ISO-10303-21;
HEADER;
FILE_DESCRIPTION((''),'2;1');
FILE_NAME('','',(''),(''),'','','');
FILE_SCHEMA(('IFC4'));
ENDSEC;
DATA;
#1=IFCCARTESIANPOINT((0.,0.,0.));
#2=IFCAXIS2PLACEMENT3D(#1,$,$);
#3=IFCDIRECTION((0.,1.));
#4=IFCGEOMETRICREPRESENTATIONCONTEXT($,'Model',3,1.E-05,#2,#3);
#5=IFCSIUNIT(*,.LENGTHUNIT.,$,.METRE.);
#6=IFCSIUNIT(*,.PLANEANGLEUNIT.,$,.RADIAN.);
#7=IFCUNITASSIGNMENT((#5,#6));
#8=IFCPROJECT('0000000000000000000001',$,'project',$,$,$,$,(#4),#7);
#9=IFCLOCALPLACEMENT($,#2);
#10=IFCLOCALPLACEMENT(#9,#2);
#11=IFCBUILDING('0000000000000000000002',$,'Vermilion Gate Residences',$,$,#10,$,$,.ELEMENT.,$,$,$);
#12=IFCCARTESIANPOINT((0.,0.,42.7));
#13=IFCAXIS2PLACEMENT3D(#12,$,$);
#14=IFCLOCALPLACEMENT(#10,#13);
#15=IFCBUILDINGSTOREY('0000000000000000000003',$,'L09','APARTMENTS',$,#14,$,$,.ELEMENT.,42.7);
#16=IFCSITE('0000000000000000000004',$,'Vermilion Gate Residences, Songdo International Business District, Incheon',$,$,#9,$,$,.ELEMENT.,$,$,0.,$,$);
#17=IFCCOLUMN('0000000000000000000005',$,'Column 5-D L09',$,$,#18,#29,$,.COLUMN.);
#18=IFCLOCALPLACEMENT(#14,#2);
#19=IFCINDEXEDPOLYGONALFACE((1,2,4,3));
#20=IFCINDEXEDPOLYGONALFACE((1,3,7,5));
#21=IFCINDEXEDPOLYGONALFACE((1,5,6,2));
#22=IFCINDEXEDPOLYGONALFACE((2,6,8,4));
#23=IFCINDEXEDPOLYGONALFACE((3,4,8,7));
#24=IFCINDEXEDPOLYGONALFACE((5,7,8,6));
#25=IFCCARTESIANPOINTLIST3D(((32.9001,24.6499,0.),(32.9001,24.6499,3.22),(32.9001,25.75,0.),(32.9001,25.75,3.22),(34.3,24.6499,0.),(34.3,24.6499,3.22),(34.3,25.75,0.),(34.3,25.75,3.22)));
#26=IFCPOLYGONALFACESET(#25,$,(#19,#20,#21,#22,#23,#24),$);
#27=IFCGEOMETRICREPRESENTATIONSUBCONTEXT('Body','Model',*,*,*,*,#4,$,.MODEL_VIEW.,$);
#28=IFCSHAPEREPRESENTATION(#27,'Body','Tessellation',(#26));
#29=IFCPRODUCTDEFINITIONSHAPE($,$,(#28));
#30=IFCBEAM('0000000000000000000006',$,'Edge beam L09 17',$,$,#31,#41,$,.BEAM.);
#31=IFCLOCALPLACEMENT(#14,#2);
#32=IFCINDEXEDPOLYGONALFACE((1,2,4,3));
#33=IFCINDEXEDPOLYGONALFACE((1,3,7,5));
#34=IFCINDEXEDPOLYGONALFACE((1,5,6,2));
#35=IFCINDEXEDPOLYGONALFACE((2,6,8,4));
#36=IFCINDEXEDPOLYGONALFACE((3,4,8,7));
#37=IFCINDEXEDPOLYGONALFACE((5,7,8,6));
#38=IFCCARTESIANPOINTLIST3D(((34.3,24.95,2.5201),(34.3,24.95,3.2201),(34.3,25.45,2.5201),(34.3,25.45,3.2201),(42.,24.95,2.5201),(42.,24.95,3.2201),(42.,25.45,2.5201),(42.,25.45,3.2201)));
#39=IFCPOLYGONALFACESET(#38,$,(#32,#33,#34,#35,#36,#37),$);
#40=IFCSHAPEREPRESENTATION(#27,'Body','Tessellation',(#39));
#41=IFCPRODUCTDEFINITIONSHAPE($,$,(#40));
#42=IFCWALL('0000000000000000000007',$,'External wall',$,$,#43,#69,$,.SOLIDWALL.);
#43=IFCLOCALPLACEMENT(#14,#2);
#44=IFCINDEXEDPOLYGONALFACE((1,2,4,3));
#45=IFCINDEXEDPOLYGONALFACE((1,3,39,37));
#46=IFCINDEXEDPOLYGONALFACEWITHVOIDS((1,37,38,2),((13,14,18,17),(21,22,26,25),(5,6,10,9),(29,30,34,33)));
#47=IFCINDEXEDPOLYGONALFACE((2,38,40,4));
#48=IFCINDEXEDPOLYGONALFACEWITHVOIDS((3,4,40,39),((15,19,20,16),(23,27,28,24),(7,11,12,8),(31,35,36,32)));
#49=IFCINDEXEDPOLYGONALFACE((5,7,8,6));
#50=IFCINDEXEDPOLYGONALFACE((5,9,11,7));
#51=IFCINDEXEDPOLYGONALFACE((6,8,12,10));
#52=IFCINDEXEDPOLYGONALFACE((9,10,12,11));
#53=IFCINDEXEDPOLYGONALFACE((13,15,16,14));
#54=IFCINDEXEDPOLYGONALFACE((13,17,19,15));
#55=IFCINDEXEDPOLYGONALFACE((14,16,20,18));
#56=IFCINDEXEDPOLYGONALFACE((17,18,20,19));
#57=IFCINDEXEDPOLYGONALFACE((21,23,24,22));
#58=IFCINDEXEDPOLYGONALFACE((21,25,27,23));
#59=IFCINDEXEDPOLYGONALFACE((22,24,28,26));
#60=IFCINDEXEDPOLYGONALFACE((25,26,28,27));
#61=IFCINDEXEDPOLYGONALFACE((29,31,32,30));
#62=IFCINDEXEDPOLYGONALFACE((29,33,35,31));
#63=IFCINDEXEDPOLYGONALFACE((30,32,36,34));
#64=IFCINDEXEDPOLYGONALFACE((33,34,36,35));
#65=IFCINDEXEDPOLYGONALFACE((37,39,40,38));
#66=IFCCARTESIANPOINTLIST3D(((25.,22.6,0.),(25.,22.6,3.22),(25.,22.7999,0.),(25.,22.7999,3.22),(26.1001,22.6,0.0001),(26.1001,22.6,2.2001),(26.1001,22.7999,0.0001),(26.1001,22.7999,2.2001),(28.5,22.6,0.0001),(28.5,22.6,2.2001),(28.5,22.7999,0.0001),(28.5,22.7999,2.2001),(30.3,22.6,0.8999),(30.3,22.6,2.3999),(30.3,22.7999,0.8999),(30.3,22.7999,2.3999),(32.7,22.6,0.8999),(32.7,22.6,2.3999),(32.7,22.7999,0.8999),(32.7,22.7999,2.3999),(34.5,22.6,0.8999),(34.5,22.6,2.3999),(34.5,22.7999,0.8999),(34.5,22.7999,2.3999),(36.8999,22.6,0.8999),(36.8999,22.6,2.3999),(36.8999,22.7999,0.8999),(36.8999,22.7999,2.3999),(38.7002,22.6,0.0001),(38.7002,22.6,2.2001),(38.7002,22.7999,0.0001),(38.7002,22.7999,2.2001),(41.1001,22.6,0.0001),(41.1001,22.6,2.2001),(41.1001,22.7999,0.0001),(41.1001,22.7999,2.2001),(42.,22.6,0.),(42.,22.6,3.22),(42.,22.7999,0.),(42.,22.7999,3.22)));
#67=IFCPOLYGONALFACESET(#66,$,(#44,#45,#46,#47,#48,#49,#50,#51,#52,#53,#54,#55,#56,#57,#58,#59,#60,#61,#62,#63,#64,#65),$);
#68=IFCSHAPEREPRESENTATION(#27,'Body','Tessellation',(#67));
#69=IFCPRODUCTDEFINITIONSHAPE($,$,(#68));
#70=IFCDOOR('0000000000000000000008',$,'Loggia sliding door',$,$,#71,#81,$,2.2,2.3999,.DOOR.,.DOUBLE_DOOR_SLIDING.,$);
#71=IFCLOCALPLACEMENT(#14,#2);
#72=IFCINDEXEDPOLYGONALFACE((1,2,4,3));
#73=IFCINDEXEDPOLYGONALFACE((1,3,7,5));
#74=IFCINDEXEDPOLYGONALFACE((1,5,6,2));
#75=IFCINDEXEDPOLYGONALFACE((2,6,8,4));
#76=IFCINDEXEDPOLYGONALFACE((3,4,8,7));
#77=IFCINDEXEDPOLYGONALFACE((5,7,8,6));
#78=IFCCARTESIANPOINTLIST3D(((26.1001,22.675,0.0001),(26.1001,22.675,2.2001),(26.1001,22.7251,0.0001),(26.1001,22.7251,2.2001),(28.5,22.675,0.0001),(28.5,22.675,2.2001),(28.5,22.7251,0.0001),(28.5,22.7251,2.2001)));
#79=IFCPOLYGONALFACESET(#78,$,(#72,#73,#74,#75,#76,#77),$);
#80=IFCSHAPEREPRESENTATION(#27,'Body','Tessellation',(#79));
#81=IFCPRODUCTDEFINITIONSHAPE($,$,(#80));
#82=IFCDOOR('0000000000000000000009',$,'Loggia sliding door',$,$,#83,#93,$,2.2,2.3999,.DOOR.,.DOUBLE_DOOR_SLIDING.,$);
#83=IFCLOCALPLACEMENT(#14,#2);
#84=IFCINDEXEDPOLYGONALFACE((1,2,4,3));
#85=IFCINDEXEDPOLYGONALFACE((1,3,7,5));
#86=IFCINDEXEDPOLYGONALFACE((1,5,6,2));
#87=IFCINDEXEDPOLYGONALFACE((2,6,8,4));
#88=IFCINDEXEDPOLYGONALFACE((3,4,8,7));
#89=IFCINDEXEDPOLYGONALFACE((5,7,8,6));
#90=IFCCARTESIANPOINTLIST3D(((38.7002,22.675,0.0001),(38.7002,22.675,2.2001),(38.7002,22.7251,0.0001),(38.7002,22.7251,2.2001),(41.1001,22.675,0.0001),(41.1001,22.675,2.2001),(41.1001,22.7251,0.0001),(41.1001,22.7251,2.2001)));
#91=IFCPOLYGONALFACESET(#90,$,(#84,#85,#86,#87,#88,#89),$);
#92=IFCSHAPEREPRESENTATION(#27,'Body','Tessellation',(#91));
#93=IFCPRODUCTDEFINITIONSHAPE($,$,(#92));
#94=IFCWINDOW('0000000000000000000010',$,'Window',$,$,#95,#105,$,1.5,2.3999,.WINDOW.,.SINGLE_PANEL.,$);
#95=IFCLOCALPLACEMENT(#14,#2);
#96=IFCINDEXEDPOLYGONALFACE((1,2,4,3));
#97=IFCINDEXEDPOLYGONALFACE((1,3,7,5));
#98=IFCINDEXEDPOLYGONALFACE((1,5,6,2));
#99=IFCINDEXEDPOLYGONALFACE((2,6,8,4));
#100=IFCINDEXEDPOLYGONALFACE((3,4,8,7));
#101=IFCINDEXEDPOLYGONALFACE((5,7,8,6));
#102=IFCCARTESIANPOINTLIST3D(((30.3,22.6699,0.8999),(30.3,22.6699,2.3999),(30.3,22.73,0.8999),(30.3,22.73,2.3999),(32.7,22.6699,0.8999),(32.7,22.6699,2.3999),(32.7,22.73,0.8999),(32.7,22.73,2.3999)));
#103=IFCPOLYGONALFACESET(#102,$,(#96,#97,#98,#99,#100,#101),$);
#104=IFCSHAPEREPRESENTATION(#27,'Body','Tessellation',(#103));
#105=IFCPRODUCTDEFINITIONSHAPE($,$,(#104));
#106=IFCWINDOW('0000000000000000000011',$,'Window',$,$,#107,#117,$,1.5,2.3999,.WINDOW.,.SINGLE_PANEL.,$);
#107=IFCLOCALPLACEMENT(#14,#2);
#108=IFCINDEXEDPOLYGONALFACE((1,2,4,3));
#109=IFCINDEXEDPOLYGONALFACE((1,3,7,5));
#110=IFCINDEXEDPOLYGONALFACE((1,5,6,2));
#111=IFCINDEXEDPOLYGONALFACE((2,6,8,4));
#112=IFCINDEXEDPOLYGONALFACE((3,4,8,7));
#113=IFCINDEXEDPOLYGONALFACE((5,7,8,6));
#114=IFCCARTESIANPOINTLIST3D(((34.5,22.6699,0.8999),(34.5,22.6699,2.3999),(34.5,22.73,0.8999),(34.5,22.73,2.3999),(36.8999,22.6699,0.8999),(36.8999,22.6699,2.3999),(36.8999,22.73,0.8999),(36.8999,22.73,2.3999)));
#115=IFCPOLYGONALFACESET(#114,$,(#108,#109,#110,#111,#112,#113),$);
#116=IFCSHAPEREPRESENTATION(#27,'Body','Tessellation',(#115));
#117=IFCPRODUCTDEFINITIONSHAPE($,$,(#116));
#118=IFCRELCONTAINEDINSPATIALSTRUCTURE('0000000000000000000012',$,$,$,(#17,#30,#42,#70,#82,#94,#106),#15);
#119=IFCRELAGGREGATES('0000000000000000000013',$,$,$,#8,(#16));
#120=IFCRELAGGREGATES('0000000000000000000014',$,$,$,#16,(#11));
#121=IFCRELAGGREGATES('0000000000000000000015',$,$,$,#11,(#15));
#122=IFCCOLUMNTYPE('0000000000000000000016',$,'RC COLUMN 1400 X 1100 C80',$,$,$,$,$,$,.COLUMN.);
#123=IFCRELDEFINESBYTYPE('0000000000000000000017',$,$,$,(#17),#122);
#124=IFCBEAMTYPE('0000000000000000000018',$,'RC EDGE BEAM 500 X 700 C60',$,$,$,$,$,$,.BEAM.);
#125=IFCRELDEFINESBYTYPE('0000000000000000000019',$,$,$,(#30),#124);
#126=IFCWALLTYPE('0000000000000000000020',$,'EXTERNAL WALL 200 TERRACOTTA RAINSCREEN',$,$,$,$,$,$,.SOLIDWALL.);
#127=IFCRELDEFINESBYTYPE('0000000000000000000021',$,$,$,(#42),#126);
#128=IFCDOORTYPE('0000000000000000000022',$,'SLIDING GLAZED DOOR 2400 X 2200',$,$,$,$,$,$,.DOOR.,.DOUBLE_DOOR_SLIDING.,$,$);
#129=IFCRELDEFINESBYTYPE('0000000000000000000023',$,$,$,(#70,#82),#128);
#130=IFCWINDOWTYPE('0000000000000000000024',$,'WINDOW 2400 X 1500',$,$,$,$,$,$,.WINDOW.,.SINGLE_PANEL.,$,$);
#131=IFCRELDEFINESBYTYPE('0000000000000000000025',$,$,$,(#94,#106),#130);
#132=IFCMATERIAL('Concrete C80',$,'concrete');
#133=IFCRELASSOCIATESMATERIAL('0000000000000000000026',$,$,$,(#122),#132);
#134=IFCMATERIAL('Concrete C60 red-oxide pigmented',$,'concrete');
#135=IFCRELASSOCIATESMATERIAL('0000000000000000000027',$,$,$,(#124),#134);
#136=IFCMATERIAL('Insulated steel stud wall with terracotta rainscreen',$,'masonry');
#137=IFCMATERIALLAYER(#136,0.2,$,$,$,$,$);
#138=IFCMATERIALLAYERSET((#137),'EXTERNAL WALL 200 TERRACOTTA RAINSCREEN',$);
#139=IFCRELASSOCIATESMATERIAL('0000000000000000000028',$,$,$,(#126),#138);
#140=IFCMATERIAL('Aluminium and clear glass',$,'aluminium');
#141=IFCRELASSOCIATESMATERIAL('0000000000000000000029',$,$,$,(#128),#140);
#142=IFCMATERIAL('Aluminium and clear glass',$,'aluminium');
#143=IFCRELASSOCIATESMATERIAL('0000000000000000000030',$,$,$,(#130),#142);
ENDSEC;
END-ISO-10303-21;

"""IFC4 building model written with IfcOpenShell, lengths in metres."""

from ifc_helpers import new_model, si_unit, direction, frame, frame_2d, origin, origin_2d, place, context, subcontext, project, spatial, rectangle, extrude, material, layer, layer_set, material_profile, profile_set, type_object, element, fill, save


model = new_model("IFC4")

# Units and contexts
model_context = context("Model", 3, precision=1e-05, world=origin(), true_north=direction((0.0, 1.0)))
body_context = subcontext(model_context, "Body", "Model", "MODEL_VIEW")
ifc_project = project(units=[si_unit("LENGTHUNIT", "METRE"), si_unit("PLANEANGLEUNIT", "RADIAN")], contexts=[model_context])

# Site, building, storey
site_placement = place(None, origin())
site = spatial("IfcSite", under=ifc_project, at=site_placement, Name="Vermilion Gate Residences, Songdo International Business District, Incheon", CompositionType="ELEMENT", RefElevation=0.0)
building_placement = place(site_placement, origin())
building = spatial("IfcBuilding", under=site, at=building_placement, Name="Vermilion Gate Residences", CompositionType="ELEMENT")
storey_placement = place(building_placement, frame((0.0, 0.0, 42.7)))
storey = spatial("IfcBuildingStorey", under=building, at=storey_placement, Name="L09", Description="APARTMENTS", CompositionType="ELEMENT", Elevation=42.7)

# Column
ifc_material_1 = material(Name="Concrete C80", Category="concrete")
ifc_material_profile_1 = material_profile(ifc_material_1, rectangle(XDim=1.3999, YDim=1.1001, at=origin_2d()), Name="RC-1400x1100")
ifc_profile_set_1 = profile_set([ifc_material_profile_1], Name="Concrete C80")
column_type = type_object("IfcColumnType", Name="RC COLUMN 1400 X 1100 C80", PredefinedType="COLUMN", material=ifc_profile_set_1)
column_placement = place(storey_placement, frame((33.6001, 25.2, 0.0), z_axis=(0.0, 0.0, 1.0), x_axis=(1.0, 0.0, 0.0)))
element("IfcColumn", 1, at=column_placement, inside=storey, type_object=column_type, Name="Column 5-D L09", PredefinedType="COLUMN", context=body_context, shape_type="SweptSolid", body=[
    extrude(rectangle(XDim=1.3999, YDim=1.1001, at=origin_2d()), origin(), (0.0, 0.0, 1.0), 3.22),
])

# Beam
ifc_material_2 = material(Name="Concrete C60 red-oxide pigmented", Category="concrete")
ifc_material_profile_2 = material_profile(ifc_material_2, rectangle(XDim=0.5, YDim=0.7, at=origin_2d()), Name="RC-500x700")
ifc_profile_set_2 = profile_set([ifc_material_profile_2], Name="Concrete C60 red-oxide pigmented")
beam_type = type_object("IfcBeamType", Name="RC EDGE BEAM 500 X 700 C60", PredefinedType="BEAM", material=ifc_profile_set_2)
beam_placement = place(storey_placement, frame((34.3, 25.2, 2.8701), z_axis=(1.0, 0.0, 0.0), x_axis=(0.0, 1.0, 0.0)))
element("IfcBeam", 2, at=beam_placement, inside=storey, type_object=beam_type, Name="Edge beam L09 17", PredefinedType="BEAM", context=body_context, shape_type="SweptSolid", body=[
    extrude(rectangle(XDim=0.5, YDim=0.7, at=origin_2d()), origin(), (0.0, 0.0, 1.0), 7.7),
])

# Wall, openings, doors, windows
ifc_material_3 = material(Name="Insulated steel stud wall with terracotta rainscreen", Category="masonry")
ifc_layer_1 = layer(ifc_material_3, 0.2)
ifc_layer_set_1 = layer_set([ifc_layer_1], Name="EXTERNAL WALL 200 TERRACOTTA RAINSCREEN")
wall_type_1 = type_object("IfcWallType", Name="EXTERNAL WALL 200 TERRACOTTA RAINSCREEN", PredefinedType="SOLIDWALL", material=ifc_layer_set_1)
wall_1_placement = place(storey_placement, frame((42.0, 22.7, 0.0), z_axis=(0.0, 0.0, 1.0), x_axis=(-1.0, 0.0, 0.0)))
wall_1 = element("IfcWall", 3, at=wall_1_placement, inside=storey, type_object=wall_type_1, Name="External wall", PredefinedType="SOLIDWALL", context=body_context, shape_type="SweptSolid", body=[
    extrude(rectangle(XDim=17.0, YDim=0.2, at=frame_2d((8.5, 0.0))), origin(), (0.0, 0.0, 1.0), 3.22),
])
opening_1_placement = place(wall_1_placement, frame((13.5, 0.0, 0.0)))
opening_1 = element("IfcOpeningElement", 4, at=opening_1_placement, cuts=wall_1, PredefinedType="OPENING", context=body_context, shape_type="SweptSolid", body=[
    extrude(rectangle(XDim=2.3999, YDim=2.2, at=frame_2d((1.2, 1.1001))), frame((0.0, 0.1099, 0.0), z_axis=(0.0, -1.0, 0.0), x_axis=(1.0, 0.0, 0.0)), (0.0, 0.0, 1.0), 0.22),
])
opening_2_placement = place(wall_1_placement, frame((9.3, 0.0, 0.8999)))
opening_2 = element("IfcOpeningElement", 5, at=opening_2_placement, cuts=wall_1, PredefinedType="OPENING", context=body_context, shape_type="SweptSolid", body=[
    extrude(rectangle(XDim=2.3999, YDim=1.5, at=frame_2d((1.2, 0.75))), frame((0.0, 0.1099, 0.0), z_axis=(0.0, -1.0, 0.0), x_axis=(1.0, 0.0, 0.0)), (0.0, 0.0, 1.0), 0.22),
])
opening_3_placement = place(wall_1_placement, frame((5.1001, 0.0, 0.8999)))
opening_3 = element("IfcOpeningElement", 6, at=opening_3_placement, cuts=wall_1, PredefinedType="OPENING", context=body_context, shape_type="SweptSolid", body=[
    extrude(rectangle(XDim=2.3999, YDim=1.5, at=frame_2d((1.2, 0.75))), frame((0.0, 0.1099, 0.0), z_axis=(0.0, -1.0, 0.0), x_axis=(1.0, 0.0, 0.0)), (0.0, 0.0, 1.0), 0.22),
])
opening_4_placement = place(wall_1_placement, frame((0.8999, 0.0, 0.0)))
opening_4 = element("IfcOpeningElement", 7, at=opening_4_placement, cuts=wall_1, PredefinedType="OPENING", context=body_context, shape_type="SweptSolid", body=[
    extrude(rectangle(XDim=2.3999, YDim=2.2, at=frame_2d((1.2, 1.1001))), frame((0.0, 0.1099, 0.0), z_axis=(0.0, -1.0, 0.0), x_axis=(1.0, 0.0, 0.0)), (0.0, 0.0, 1.0), 0.22),
])
ifc_material_4 = material(Name="Aluminium and clear glass", Category="aluminium")
door_type_1 = type_object("IfcDoorType", Name="SLIDING GLAZED DOOR 2400 X 2200", OperationType="DOUBLE_DOOR_SLIDING", PredefinedType="DOOR", material=ifc_material_4)
door_1_placement = place(opening_1_placement, origin())
door_1 = element("IfcDoor", 8, at=door_1_placement, inside=storey, type_object=door_type_1, Name="Loggia sliding door", OperationType="DOUBLE_DOOR_SLIDING", OverallHeight=2.2, OverallWidth=2.3999, PredefinedType="DOOR", context=body_context, shape_type="SweptSolid", body=[
    extrude(rectangle(XDim=2.3999, YDim=2.2, at=frame_2d((1.2, 1.1001))), frame((0.0, 0.0249, 0.0), z_axis=(0.0, -1.0, 0.0), x_axis=(1.0, 0.0, 0.0)), (0.0, 0.0, 1.0), 0.05),
])
fill(opening_1, door_1)
door_2_placement = place(opening_4_placement, origin())
door_2 = element("IfcDoor", 9, at=door_2_placement, inside=storey, type_object=door_type_1, Name="Loggia sliding door", OperationType="DOUBLE_DOOR_SLIDING", OverallHeight=2.2, OverallWidth=2.3999, PredefinedType="DOOR", context=body_context, shape_type="SweptSolid", body=[
    extrude(rectangle(XDim=2.3999, YDim=2.2, at=frame_2d((1.2, 1.1001))), frame((0.0, 0.0249, 0.0), z_axis=(0.0, -1.0, 0.0), x_axis=(1.0, 0.0, 0.0)), (0.0, 0.0, 1.0), 0.05),
])
fill(opening_4, door_2)
ifc_material_5 = material(Name="Aluminium and clear glass", Category="aluminium")
window_type = type_object("IfcWindowType", Name="WINDOW 2400 X 1500", PartitioningType="SINGLE_PANEL", PredefinedType="WINDOW", material=ifc_material_5)
window_1_placement = place(opening_2_placement, origin())
window_1 = element("IfcWindow", 10, at=window_1_placement, inside=storey, type_object=window_type, Name="Window", OverallHeight=1.5, OverallWidth=2.3999, PartitioningType="SINGLE_PANEL", PredefinedType="WINDOW", context=body_context, shape_type="SweptSolid", body=[
    extrude(rectangle(XDim=2.3999, YDim=1.5, at=frame_2d((1.2, 0.75))), frame((0.0, 0.03, 0.0), z_axis=(0.0, -1.0, 0.0), x_axis=(1.0, 0.0, 0.0)), (0.0, 0.0, 1.0), 0.0601),
])
fill(opening_2, window_1)
window_2_placement = place(opening_3_placement, origin())
window_2 = element("IfcWindow", 11, at=window_2_placement, inside=storey, type_object=window_type, Name="Window", OverallHeight=1.5, OverallWidth=2.3999, PartitioningType="SINGLE_PANEL", PredefinedType="WINDOW", context=body_context, shape_type="SweptSolid", body=[
    extrude(rectangle(XDim=2.3999, YDim=1.5, at=frame_2d((1.2, 0.75))), frame((0.0, 0.03, 0.0), z_axis=(0.0, -1.0, 0.0), x_axis=(1.0, 0.0, 0.0)), (0.0, 0.0, 1.0), 0.0601),
])
fill(opening_3, window_2)

save(model, "model.ifc")
